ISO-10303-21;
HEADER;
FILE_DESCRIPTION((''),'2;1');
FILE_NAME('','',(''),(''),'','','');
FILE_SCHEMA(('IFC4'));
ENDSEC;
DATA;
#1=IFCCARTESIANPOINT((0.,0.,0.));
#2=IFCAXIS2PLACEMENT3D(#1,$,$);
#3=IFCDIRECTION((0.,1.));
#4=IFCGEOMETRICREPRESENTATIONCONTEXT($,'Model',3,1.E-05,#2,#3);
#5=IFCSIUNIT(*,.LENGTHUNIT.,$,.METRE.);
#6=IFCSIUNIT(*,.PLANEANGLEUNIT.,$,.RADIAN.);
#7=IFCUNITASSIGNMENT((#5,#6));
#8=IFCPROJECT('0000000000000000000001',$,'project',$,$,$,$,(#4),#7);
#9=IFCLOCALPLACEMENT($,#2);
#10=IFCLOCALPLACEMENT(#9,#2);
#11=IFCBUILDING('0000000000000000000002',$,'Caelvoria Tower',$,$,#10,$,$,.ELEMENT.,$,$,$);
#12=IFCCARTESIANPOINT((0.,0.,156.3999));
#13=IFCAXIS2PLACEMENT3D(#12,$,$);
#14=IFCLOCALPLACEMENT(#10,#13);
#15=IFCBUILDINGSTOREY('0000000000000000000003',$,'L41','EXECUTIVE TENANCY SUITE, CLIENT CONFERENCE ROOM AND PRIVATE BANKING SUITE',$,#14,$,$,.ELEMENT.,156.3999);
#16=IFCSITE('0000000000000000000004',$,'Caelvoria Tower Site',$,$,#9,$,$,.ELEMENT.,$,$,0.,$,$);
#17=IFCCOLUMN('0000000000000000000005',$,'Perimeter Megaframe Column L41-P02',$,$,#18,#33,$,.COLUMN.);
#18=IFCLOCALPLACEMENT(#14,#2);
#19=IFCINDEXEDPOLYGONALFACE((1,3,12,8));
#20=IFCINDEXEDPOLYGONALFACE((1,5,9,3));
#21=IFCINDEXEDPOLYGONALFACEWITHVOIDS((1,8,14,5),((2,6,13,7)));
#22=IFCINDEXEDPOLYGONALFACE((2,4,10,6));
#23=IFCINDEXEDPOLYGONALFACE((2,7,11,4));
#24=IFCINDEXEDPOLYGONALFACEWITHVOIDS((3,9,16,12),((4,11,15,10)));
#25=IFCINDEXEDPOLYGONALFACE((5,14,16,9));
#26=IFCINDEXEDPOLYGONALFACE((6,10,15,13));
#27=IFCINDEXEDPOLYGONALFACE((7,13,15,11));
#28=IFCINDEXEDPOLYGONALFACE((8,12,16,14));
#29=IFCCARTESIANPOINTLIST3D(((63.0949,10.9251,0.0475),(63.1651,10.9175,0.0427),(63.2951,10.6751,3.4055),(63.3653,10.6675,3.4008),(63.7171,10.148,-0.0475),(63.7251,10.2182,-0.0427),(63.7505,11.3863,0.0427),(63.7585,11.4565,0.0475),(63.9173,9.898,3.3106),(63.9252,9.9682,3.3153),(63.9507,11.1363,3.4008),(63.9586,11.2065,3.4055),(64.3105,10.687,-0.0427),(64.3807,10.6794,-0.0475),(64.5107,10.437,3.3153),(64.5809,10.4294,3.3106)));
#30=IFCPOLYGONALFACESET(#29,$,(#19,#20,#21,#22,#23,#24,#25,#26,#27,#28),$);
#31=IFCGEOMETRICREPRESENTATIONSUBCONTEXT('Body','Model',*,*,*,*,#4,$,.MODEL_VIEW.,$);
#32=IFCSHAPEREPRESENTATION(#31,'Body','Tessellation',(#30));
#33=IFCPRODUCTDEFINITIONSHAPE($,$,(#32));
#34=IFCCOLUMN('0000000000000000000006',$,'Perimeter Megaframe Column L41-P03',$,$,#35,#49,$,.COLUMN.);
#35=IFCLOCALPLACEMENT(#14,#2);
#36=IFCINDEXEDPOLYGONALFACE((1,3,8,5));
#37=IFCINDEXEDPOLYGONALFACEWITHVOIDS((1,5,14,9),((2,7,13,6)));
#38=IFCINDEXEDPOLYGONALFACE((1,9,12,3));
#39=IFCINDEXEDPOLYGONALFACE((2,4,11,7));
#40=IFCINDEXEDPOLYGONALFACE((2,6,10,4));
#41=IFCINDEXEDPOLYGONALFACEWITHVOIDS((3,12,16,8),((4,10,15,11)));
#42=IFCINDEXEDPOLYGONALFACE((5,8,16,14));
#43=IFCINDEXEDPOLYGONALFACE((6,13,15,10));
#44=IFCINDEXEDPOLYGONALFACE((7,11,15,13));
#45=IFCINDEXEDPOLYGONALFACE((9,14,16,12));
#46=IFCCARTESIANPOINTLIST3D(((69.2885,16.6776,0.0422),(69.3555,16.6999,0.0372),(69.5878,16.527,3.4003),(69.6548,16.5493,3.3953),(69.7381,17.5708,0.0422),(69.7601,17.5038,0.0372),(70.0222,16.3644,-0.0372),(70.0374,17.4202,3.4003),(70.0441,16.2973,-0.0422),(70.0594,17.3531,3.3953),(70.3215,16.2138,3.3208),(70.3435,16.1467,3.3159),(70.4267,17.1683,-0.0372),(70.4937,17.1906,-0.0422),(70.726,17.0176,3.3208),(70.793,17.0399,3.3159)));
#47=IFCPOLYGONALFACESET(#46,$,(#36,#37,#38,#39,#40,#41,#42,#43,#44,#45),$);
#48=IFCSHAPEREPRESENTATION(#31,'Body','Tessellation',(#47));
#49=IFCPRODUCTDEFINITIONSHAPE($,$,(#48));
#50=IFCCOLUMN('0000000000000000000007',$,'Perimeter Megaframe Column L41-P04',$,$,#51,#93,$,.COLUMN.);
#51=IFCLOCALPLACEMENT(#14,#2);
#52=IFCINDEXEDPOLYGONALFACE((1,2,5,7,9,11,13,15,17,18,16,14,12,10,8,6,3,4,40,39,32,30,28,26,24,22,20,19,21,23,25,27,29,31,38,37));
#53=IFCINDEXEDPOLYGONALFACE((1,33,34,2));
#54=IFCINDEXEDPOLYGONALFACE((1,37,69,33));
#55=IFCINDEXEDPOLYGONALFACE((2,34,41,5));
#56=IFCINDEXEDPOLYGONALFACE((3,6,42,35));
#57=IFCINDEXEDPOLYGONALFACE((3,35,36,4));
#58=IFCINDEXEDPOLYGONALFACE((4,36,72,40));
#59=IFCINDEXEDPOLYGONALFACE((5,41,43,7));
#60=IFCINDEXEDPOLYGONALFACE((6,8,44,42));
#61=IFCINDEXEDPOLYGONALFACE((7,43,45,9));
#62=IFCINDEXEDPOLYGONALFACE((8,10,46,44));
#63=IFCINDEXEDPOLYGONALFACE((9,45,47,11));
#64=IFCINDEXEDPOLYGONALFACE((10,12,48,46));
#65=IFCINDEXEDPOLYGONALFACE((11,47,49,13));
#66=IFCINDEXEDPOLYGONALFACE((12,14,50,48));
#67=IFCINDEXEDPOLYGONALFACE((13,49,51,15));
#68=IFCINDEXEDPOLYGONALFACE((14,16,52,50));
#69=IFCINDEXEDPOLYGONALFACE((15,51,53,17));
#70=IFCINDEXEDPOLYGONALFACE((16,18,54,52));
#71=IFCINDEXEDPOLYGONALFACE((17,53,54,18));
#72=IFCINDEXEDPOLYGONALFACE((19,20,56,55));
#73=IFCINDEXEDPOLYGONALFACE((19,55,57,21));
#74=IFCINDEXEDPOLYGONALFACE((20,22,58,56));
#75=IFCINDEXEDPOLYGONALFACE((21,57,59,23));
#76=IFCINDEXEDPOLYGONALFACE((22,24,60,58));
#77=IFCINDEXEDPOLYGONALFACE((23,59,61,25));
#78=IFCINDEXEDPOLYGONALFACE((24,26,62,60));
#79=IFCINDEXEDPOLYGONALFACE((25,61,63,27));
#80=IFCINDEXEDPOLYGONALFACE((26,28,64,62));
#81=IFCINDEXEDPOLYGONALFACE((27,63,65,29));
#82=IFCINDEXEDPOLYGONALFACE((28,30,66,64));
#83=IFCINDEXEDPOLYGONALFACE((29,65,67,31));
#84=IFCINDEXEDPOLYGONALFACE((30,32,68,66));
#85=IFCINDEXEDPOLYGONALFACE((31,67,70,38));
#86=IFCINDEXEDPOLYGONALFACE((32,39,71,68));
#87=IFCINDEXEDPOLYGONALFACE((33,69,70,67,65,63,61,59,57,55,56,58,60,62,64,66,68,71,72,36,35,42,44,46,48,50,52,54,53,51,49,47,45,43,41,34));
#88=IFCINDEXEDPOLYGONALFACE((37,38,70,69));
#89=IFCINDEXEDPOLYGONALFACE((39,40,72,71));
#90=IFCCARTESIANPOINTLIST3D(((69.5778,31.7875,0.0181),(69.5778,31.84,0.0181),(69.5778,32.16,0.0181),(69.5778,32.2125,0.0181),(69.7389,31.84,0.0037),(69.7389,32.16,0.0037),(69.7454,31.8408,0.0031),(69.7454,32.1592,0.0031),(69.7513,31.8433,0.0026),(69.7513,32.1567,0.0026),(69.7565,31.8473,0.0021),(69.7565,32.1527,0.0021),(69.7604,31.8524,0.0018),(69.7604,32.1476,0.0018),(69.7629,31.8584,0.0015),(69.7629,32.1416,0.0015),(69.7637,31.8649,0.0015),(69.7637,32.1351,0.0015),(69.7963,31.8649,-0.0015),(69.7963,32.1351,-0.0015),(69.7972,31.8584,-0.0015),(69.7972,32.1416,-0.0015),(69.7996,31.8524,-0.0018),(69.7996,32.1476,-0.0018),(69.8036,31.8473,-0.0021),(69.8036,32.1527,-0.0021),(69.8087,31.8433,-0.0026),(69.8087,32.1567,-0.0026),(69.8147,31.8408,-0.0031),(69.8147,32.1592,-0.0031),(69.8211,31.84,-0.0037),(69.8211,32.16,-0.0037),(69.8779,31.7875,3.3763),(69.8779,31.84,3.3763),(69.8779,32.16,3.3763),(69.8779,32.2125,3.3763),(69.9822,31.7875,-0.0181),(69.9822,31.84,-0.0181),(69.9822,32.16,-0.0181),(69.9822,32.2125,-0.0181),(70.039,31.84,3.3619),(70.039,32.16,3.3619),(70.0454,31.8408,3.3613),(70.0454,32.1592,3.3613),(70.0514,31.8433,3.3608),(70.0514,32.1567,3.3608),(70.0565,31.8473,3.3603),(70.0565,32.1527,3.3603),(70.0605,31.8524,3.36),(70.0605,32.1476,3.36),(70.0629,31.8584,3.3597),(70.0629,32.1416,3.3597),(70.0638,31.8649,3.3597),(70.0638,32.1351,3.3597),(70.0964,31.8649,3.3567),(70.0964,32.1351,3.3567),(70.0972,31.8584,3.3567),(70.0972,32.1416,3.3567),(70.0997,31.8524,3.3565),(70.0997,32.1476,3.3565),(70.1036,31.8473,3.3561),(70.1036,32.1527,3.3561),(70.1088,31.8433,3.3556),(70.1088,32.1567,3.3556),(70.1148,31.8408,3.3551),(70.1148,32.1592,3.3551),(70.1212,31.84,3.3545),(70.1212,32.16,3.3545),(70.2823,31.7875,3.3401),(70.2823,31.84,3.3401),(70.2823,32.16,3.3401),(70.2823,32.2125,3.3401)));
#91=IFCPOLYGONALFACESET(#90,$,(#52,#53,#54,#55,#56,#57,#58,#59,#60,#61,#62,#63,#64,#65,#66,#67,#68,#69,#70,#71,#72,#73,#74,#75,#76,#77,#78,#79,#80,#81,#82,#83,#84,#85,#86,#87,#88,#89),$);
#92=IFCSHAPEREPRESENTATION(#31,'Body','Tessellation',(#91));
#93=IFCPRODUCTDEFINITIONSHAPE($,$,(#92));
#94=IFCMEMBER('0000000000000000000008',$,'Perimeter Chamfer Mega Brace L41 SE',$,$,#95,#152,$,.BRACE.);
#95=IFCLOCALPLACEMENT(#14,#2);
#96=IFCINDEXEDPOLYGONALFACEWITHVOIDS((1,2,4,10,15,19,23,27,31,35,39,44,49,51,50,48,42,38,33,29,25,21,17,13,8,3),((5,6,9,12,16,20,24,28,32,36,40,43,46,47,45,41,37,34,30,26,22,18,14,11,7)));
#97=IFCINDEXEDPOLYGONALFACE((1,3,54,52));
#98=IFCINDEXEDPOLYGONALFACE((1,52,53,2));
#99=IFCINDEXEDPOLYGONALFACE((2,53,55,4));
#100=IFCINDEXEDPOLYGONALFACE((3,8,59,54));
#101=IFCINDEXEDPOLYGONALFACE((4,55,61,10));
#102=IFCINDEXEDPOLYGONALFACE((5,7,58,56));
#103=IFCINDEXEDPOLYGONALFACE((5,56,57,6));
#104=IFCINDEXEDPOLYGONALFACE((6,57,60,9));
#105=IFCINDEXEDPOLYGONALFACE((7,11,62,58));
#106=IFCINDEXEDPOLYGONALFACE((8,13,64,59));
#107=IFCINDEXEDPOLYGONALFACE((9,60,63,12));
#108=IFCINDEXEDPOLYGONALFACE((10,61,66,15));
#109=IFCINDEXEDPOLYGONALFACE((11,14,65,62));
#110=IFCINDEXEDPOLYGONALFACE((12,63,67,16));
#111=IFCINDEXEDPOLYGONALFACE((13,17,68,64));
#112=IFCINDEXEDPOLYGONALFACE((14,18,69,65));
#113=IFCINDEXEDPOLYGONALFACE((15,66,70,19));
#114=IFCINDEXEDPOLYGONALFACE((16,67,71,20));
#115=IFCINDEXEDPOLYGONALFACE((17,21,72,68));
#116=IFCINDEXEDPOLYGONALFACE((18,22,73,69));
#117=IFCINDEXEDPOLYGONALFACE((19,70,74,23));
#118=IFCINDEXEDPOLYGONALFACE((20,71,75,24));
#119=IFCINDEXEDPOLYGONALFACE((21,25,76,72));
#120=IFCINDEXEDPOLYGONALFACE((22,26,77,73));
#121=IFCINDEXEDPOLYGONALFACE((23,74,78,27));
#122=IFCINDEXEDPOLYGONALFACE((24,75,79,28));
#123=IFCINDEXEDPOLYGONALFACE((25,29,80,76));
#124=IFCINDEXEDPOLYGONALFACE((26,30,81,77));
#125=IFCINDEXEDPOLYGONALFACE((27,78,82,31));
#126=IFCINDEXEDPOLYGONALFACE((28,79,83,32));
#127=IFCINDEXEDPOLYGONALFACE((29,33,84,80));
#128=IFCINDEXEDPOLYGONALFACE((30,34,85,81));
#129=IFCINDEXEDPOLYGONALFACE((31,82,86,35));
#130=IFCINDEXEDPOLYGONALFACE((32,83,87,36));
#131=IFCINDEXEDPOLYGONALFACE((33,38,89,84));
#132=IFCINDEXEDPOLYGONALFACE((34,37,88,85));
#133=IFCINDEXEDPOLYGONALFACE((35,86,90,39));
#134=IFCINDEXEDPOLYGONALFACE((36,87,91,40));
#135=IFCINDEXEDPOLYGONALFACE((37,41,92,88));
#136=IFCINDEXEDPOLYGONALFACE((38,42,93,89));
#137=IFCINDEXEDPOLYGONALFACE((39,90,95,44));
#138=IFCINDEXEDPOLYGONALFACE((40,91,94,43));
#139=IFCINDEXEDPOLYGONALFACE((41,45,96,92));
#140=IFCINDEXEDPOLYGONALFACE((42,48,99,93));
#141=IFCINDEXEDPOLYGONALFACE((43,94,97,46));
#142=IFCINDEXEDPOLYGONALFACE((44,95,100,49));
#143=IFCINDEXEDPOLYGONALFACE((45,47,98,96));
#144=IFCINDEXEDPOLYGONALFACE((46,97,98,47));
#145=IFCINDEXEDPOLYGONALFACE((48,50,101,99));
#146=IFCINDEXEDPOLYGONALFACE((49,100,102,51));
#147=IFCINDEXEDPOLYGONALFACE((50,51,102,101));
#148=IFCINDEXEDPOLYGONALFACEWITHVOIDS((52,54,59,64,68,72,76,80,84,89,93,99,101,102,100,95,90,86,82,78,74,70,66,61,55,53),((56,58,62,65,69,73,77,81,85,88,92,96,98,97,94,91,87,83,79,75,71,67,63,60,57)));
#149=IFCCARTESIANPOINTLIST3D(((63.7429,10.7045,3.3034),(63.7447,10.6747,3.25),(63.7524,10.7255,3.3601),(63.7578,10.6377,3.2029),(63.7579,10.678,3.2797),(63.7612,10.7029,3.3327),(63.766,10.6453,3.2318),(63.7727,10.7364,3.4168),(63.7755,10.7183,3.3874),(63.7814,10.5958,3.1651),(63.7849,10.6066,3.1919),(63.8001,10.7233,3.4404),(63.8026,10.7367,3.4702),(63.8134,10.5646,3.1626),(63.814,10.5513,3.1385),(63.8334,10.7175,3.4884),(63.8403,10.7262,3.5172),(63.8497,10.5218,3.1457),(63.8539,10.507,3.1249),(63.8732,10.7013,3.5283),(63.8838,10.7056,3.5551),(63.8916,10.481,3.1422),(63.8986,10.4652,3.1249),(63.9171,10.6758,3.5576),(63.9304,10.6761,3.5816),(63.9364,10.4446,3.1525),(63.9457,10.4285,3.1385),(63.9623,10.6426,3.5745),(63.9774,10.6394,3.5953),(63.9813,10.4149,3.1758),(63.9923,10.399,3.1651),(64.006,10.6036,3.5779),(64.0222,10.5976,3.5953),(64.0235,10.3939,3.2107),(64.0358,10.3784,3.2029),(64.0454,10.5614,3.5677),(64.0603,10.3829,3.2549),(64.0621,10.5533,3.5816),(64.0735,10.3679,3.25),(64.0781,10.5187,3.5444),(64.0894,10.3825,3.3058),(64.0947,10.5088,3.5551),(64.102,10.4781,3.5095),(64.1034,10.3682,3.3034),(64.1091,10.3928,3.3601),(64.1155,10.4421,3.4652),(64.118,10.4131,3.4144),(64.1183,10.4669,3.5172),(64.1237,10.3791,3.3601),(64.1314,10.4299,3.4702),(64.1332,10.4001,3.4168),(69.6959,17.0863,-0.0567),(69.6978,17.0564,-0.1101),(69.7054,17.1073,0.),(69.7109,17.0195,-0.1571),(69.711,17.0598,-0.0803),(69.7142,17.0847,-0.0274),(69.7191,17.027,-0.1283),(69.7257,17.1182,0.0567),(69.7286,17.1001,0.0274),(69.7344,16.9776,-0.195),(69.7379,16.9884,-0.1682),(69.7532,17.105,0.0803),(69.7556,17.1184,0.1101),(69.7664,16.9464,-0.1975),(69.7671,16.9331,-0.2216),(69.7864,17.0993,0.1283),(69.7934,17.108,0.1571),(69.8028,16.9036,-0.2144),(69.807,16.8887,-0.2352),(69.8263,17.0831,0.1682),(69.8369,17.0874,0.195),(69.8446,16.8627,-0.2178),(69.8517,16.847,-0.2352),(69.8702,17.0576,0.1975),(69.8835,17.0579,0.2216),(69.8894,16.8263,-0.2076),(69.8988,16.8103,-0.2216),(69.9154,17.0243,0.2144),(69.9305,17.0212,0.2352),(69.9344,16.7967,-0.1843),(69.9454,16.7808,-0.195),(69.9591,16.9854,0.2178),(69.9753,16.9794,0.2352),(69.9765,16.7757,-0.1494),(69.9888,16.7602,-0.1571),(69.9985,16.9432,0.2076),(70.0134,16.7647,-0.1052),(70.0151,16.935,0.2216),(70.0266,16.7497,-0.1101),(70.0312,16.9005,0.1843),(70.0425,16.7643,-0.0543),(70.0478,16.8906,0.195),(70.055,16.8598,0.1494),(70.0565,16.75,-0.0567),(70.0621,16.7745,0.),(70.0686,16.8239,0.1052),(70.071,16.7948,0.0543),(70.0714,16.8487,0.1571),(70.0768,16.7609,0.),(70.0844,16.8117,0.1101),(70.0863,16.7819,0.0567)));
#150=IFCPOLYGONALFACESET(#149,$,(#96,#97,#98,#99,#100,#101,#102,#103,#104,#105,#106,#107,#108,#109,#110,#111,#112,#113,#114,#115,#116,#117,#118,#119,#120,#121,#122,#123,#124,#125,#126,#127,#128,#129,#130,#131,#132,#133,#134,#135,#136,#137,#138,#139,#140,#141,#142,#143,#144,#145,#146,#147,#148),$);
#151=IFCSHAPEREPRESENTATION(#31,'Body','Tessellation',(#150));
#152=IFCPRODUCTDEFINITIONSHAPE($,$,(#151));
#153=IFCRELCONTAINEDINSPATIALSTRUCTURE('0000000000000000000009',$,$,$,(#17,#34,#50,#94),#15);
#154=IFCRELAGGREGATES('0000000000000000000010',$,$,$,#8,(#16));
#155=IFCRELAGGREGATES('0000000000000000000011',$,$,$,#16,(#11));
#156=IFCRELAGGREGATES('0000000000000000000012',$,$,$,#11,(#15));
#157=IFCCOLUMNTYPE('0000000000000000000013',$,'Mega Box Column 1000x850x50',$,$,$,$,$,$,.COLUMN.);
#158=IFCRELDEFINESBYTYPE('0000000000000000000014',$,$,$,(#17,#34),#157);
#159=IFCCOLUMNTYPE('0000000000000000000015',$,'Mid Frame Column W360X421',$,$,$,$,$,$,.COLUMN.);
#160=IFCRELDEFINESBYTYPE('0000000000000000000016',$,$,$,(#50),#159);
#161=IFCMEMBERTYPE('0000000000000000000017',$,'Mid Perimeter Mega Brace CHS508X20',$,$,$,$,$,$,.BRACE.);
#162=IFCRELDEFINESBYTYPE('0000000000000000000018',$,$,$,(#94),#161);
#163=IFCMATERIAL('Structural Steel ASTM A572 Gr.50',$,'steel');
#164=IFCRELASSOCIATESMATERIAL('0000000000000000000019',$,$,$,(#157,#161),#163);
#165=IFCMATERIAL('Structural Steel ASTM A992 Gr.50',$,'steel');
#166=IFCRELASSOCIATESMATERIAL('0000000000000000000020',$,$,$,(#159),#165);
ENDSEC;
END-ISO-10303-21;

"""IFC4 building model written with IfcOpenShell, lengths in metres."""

from ifc_helpers import new_model, si_unit, direction, frame, origin, origin_2d, place, context, subcontext, project, spatial, hollow_rectangle, hollow_circle, i_section, extrude, material, material_profile, profile_set, type_object, element, save


model = new_model("IFC4")

# Units and contexts
model_context = context("Model", 3, precision=1e-05, world=origin(), true_north=direction((0.0, 1.0)))
body_context = subcontext(model_context, "Body", "Model", "MODEL_VIEW")
ifc_project = project(units=[si_unit("LENGTHUNIT", "METRE"), si_unit("PLANEANGLEUNIT", "RADIAN")], contexts=[model_context])

# Site, building, storey
site_placement = place(None, origin())
site = spatial("IfcSite", under=ifc_project, at=site_placement, Name="Caelvoria Tower Site", CompositionType="ELEMENT", RefElevation=0.0)
building_placement = place(site_placement, origin())
building = spatial("IfcBuilding", under=site, at=building_placement, Name="Caelvoria Tower", CompositionType="ELEMENT")
storey_placement = place(building_placement, frame((0.0, 0.0, 156.3999)))
storey = spatial("IfcBuildingStorey", under=building, at=storey_placement, Name="L41", Description="EXECUTIVE TENANCY SUITE, CLIENT CONFERENCE ROOM AND PRIVATE BANKING SUITE", CompositionType="ELEMENT", Elevation=156.3999)

# Columns
ifc_material_1 = material(Name="Structural Steel ASTM A572 Gr.50", Category="steel")
ifc_material_profile_1 = material_profile(ifc_material_1, hollow_rectangle(XDim=0.8501, YDim=1.0, WallThickness=0.05, at=origin_2d()), Name="Structural Steel ASTM A572 Gr.50")
ifc_profile_set_1 = profile_set([ifc_material_profile_1], Name="BOX1000X850X50 - Structural Steel ASTM A572 Gr.50")
column_type_1 = type_object("IfcColumnType", Name="Mega Box Column 1000x850x50", PredefinedType="COLUMN", material=ifc_profile_set_1)
column_1_placement = place(storey_placement, frame((63.7378, 10.8022, 0.0), z_axis=(0.059345, -0.074109, 0.995483), x_axis=(0.780571, 0.625067, 0.0)))
element("IfcColumn", 1, at=column_1_placement, inside=storey, type_object=column_type_1, Name="Perimeter Megaframe Column L41-P02", PredefinedType="COLUMN", context=body_context, shape_type="SweptSolid", body=[
    extrude(hollow_rectangle(XDim=0.8501, YDim=1.0, WallThickness=0.05, at=origin_2d()), origin(), (0.0, 0.0, 1.0), 3.3733),
])
column_2_placement = place(storey_placement, frame((69.8911, 16.9341, 0.0), z_axis=(0.088691, -0.044635, 0.995059), x_axis=(-0.888844, 0.447322, 0.099289)))
element("IfcColumn", 2, at=column_2_placement, inside=storey, type_object=column_type_1, Name="Perimeter Megaframe Column L41-P03", PredefinedType="COLUMN", context=body_context, shape_type="SweptSolid", body=[
    extrude(hollow_rectangle(XDim=0.8501, YDim=1.0, WallThickness=0.05, at=origin_2d()), origin(), (0.0, 0.0, 1.0), 3.3748),
])
ifc_material_2 = material(Name="Structural Steel ASTM A992 Gr.50", Category="steel")
ifc_material_profile_2 = material_profile(ifc_material_2, i_section(OverallWidth=0.406, OverallDepth=0.425, WebThickness=0.0327, FlangeThickness=0.0525, FilletRadius=0.0249, at=origin_2d()), Name="Structural Steel ASTM A992 Gr.50")
ifc_profile_set_2 = profile_set([ifc_material_profile_2], Name="W360X421 - Structural Steel ASTM A992 Gr.50")
column_type_2 = type_object("IfcColumnType", Name="Mid Frame Column W360X421", PredefinedType="COLUMN", material=ifc_profile_set_2)
column_3_placement = place(storey_placement, frame((69.78, 32.0, 0.0), z_axis=(0.088995, 0.0, 0.996032), x_axis=(-0.996032, 0.0, 0.088995)))
element("IfcColumn", 3, at=column_3_placement, inside=storey, type_object=column_type_2, Name="Perimeter Megaframe Column L41-P04", PredefinedType="COLUMN", context=body_context, shape_type="SweptSolid", body=[
    extrude(i_section(OverallWidth=0.406, OverallDepth=0.425, WebThickness=0.0327, FlangeThickness=0.0525, FilletRadius=0.0249, at=origin_2d()), origin(), (0.0, 0.0, 1.0), 3.3716),
])

# Member
ifc_material_profile_3 = material_profile(ifc_material_1, hollow_circle(Radius=0.2539, WallThickness=0.02, at=origin_2d()), Name="Structural Steel ASTM A572 Gr.50")
ifc_profile_set_3 = profile_set([ifc_material_profile_3], Name="CHS508X20 - Structural Steel ASTM A572 Gr.50")
member_type = type_object("IfcMemberType", Name="Mid Perimeter Mega Brace CHS508X20", PredefinedType="BRACE", material=ifc_profile_set_3)
member_placement = place(storey_placement, frame((69.8911, 16.9341, 0.0), z_axis=(-0.636569, -0.682411, 0.359297), x_axis=(0.731241, -0.682119, 0.0)))
element("IfcMember", 4, at=member_placement, inside=storey, type_object=member_type, Name="Perimeter Chamfer Mega Brace L41 SE", PredefinedType="BRACE", context=body_context, shape_type="SweptSolid", body=[
    extrude(hollow_circle(Radius=0.2539, WallThickness=0.02, at=origin_2d()), origin(), (0.0, 0.0, 1.0), 9.3518),
])

save(model, "model.ifc")
